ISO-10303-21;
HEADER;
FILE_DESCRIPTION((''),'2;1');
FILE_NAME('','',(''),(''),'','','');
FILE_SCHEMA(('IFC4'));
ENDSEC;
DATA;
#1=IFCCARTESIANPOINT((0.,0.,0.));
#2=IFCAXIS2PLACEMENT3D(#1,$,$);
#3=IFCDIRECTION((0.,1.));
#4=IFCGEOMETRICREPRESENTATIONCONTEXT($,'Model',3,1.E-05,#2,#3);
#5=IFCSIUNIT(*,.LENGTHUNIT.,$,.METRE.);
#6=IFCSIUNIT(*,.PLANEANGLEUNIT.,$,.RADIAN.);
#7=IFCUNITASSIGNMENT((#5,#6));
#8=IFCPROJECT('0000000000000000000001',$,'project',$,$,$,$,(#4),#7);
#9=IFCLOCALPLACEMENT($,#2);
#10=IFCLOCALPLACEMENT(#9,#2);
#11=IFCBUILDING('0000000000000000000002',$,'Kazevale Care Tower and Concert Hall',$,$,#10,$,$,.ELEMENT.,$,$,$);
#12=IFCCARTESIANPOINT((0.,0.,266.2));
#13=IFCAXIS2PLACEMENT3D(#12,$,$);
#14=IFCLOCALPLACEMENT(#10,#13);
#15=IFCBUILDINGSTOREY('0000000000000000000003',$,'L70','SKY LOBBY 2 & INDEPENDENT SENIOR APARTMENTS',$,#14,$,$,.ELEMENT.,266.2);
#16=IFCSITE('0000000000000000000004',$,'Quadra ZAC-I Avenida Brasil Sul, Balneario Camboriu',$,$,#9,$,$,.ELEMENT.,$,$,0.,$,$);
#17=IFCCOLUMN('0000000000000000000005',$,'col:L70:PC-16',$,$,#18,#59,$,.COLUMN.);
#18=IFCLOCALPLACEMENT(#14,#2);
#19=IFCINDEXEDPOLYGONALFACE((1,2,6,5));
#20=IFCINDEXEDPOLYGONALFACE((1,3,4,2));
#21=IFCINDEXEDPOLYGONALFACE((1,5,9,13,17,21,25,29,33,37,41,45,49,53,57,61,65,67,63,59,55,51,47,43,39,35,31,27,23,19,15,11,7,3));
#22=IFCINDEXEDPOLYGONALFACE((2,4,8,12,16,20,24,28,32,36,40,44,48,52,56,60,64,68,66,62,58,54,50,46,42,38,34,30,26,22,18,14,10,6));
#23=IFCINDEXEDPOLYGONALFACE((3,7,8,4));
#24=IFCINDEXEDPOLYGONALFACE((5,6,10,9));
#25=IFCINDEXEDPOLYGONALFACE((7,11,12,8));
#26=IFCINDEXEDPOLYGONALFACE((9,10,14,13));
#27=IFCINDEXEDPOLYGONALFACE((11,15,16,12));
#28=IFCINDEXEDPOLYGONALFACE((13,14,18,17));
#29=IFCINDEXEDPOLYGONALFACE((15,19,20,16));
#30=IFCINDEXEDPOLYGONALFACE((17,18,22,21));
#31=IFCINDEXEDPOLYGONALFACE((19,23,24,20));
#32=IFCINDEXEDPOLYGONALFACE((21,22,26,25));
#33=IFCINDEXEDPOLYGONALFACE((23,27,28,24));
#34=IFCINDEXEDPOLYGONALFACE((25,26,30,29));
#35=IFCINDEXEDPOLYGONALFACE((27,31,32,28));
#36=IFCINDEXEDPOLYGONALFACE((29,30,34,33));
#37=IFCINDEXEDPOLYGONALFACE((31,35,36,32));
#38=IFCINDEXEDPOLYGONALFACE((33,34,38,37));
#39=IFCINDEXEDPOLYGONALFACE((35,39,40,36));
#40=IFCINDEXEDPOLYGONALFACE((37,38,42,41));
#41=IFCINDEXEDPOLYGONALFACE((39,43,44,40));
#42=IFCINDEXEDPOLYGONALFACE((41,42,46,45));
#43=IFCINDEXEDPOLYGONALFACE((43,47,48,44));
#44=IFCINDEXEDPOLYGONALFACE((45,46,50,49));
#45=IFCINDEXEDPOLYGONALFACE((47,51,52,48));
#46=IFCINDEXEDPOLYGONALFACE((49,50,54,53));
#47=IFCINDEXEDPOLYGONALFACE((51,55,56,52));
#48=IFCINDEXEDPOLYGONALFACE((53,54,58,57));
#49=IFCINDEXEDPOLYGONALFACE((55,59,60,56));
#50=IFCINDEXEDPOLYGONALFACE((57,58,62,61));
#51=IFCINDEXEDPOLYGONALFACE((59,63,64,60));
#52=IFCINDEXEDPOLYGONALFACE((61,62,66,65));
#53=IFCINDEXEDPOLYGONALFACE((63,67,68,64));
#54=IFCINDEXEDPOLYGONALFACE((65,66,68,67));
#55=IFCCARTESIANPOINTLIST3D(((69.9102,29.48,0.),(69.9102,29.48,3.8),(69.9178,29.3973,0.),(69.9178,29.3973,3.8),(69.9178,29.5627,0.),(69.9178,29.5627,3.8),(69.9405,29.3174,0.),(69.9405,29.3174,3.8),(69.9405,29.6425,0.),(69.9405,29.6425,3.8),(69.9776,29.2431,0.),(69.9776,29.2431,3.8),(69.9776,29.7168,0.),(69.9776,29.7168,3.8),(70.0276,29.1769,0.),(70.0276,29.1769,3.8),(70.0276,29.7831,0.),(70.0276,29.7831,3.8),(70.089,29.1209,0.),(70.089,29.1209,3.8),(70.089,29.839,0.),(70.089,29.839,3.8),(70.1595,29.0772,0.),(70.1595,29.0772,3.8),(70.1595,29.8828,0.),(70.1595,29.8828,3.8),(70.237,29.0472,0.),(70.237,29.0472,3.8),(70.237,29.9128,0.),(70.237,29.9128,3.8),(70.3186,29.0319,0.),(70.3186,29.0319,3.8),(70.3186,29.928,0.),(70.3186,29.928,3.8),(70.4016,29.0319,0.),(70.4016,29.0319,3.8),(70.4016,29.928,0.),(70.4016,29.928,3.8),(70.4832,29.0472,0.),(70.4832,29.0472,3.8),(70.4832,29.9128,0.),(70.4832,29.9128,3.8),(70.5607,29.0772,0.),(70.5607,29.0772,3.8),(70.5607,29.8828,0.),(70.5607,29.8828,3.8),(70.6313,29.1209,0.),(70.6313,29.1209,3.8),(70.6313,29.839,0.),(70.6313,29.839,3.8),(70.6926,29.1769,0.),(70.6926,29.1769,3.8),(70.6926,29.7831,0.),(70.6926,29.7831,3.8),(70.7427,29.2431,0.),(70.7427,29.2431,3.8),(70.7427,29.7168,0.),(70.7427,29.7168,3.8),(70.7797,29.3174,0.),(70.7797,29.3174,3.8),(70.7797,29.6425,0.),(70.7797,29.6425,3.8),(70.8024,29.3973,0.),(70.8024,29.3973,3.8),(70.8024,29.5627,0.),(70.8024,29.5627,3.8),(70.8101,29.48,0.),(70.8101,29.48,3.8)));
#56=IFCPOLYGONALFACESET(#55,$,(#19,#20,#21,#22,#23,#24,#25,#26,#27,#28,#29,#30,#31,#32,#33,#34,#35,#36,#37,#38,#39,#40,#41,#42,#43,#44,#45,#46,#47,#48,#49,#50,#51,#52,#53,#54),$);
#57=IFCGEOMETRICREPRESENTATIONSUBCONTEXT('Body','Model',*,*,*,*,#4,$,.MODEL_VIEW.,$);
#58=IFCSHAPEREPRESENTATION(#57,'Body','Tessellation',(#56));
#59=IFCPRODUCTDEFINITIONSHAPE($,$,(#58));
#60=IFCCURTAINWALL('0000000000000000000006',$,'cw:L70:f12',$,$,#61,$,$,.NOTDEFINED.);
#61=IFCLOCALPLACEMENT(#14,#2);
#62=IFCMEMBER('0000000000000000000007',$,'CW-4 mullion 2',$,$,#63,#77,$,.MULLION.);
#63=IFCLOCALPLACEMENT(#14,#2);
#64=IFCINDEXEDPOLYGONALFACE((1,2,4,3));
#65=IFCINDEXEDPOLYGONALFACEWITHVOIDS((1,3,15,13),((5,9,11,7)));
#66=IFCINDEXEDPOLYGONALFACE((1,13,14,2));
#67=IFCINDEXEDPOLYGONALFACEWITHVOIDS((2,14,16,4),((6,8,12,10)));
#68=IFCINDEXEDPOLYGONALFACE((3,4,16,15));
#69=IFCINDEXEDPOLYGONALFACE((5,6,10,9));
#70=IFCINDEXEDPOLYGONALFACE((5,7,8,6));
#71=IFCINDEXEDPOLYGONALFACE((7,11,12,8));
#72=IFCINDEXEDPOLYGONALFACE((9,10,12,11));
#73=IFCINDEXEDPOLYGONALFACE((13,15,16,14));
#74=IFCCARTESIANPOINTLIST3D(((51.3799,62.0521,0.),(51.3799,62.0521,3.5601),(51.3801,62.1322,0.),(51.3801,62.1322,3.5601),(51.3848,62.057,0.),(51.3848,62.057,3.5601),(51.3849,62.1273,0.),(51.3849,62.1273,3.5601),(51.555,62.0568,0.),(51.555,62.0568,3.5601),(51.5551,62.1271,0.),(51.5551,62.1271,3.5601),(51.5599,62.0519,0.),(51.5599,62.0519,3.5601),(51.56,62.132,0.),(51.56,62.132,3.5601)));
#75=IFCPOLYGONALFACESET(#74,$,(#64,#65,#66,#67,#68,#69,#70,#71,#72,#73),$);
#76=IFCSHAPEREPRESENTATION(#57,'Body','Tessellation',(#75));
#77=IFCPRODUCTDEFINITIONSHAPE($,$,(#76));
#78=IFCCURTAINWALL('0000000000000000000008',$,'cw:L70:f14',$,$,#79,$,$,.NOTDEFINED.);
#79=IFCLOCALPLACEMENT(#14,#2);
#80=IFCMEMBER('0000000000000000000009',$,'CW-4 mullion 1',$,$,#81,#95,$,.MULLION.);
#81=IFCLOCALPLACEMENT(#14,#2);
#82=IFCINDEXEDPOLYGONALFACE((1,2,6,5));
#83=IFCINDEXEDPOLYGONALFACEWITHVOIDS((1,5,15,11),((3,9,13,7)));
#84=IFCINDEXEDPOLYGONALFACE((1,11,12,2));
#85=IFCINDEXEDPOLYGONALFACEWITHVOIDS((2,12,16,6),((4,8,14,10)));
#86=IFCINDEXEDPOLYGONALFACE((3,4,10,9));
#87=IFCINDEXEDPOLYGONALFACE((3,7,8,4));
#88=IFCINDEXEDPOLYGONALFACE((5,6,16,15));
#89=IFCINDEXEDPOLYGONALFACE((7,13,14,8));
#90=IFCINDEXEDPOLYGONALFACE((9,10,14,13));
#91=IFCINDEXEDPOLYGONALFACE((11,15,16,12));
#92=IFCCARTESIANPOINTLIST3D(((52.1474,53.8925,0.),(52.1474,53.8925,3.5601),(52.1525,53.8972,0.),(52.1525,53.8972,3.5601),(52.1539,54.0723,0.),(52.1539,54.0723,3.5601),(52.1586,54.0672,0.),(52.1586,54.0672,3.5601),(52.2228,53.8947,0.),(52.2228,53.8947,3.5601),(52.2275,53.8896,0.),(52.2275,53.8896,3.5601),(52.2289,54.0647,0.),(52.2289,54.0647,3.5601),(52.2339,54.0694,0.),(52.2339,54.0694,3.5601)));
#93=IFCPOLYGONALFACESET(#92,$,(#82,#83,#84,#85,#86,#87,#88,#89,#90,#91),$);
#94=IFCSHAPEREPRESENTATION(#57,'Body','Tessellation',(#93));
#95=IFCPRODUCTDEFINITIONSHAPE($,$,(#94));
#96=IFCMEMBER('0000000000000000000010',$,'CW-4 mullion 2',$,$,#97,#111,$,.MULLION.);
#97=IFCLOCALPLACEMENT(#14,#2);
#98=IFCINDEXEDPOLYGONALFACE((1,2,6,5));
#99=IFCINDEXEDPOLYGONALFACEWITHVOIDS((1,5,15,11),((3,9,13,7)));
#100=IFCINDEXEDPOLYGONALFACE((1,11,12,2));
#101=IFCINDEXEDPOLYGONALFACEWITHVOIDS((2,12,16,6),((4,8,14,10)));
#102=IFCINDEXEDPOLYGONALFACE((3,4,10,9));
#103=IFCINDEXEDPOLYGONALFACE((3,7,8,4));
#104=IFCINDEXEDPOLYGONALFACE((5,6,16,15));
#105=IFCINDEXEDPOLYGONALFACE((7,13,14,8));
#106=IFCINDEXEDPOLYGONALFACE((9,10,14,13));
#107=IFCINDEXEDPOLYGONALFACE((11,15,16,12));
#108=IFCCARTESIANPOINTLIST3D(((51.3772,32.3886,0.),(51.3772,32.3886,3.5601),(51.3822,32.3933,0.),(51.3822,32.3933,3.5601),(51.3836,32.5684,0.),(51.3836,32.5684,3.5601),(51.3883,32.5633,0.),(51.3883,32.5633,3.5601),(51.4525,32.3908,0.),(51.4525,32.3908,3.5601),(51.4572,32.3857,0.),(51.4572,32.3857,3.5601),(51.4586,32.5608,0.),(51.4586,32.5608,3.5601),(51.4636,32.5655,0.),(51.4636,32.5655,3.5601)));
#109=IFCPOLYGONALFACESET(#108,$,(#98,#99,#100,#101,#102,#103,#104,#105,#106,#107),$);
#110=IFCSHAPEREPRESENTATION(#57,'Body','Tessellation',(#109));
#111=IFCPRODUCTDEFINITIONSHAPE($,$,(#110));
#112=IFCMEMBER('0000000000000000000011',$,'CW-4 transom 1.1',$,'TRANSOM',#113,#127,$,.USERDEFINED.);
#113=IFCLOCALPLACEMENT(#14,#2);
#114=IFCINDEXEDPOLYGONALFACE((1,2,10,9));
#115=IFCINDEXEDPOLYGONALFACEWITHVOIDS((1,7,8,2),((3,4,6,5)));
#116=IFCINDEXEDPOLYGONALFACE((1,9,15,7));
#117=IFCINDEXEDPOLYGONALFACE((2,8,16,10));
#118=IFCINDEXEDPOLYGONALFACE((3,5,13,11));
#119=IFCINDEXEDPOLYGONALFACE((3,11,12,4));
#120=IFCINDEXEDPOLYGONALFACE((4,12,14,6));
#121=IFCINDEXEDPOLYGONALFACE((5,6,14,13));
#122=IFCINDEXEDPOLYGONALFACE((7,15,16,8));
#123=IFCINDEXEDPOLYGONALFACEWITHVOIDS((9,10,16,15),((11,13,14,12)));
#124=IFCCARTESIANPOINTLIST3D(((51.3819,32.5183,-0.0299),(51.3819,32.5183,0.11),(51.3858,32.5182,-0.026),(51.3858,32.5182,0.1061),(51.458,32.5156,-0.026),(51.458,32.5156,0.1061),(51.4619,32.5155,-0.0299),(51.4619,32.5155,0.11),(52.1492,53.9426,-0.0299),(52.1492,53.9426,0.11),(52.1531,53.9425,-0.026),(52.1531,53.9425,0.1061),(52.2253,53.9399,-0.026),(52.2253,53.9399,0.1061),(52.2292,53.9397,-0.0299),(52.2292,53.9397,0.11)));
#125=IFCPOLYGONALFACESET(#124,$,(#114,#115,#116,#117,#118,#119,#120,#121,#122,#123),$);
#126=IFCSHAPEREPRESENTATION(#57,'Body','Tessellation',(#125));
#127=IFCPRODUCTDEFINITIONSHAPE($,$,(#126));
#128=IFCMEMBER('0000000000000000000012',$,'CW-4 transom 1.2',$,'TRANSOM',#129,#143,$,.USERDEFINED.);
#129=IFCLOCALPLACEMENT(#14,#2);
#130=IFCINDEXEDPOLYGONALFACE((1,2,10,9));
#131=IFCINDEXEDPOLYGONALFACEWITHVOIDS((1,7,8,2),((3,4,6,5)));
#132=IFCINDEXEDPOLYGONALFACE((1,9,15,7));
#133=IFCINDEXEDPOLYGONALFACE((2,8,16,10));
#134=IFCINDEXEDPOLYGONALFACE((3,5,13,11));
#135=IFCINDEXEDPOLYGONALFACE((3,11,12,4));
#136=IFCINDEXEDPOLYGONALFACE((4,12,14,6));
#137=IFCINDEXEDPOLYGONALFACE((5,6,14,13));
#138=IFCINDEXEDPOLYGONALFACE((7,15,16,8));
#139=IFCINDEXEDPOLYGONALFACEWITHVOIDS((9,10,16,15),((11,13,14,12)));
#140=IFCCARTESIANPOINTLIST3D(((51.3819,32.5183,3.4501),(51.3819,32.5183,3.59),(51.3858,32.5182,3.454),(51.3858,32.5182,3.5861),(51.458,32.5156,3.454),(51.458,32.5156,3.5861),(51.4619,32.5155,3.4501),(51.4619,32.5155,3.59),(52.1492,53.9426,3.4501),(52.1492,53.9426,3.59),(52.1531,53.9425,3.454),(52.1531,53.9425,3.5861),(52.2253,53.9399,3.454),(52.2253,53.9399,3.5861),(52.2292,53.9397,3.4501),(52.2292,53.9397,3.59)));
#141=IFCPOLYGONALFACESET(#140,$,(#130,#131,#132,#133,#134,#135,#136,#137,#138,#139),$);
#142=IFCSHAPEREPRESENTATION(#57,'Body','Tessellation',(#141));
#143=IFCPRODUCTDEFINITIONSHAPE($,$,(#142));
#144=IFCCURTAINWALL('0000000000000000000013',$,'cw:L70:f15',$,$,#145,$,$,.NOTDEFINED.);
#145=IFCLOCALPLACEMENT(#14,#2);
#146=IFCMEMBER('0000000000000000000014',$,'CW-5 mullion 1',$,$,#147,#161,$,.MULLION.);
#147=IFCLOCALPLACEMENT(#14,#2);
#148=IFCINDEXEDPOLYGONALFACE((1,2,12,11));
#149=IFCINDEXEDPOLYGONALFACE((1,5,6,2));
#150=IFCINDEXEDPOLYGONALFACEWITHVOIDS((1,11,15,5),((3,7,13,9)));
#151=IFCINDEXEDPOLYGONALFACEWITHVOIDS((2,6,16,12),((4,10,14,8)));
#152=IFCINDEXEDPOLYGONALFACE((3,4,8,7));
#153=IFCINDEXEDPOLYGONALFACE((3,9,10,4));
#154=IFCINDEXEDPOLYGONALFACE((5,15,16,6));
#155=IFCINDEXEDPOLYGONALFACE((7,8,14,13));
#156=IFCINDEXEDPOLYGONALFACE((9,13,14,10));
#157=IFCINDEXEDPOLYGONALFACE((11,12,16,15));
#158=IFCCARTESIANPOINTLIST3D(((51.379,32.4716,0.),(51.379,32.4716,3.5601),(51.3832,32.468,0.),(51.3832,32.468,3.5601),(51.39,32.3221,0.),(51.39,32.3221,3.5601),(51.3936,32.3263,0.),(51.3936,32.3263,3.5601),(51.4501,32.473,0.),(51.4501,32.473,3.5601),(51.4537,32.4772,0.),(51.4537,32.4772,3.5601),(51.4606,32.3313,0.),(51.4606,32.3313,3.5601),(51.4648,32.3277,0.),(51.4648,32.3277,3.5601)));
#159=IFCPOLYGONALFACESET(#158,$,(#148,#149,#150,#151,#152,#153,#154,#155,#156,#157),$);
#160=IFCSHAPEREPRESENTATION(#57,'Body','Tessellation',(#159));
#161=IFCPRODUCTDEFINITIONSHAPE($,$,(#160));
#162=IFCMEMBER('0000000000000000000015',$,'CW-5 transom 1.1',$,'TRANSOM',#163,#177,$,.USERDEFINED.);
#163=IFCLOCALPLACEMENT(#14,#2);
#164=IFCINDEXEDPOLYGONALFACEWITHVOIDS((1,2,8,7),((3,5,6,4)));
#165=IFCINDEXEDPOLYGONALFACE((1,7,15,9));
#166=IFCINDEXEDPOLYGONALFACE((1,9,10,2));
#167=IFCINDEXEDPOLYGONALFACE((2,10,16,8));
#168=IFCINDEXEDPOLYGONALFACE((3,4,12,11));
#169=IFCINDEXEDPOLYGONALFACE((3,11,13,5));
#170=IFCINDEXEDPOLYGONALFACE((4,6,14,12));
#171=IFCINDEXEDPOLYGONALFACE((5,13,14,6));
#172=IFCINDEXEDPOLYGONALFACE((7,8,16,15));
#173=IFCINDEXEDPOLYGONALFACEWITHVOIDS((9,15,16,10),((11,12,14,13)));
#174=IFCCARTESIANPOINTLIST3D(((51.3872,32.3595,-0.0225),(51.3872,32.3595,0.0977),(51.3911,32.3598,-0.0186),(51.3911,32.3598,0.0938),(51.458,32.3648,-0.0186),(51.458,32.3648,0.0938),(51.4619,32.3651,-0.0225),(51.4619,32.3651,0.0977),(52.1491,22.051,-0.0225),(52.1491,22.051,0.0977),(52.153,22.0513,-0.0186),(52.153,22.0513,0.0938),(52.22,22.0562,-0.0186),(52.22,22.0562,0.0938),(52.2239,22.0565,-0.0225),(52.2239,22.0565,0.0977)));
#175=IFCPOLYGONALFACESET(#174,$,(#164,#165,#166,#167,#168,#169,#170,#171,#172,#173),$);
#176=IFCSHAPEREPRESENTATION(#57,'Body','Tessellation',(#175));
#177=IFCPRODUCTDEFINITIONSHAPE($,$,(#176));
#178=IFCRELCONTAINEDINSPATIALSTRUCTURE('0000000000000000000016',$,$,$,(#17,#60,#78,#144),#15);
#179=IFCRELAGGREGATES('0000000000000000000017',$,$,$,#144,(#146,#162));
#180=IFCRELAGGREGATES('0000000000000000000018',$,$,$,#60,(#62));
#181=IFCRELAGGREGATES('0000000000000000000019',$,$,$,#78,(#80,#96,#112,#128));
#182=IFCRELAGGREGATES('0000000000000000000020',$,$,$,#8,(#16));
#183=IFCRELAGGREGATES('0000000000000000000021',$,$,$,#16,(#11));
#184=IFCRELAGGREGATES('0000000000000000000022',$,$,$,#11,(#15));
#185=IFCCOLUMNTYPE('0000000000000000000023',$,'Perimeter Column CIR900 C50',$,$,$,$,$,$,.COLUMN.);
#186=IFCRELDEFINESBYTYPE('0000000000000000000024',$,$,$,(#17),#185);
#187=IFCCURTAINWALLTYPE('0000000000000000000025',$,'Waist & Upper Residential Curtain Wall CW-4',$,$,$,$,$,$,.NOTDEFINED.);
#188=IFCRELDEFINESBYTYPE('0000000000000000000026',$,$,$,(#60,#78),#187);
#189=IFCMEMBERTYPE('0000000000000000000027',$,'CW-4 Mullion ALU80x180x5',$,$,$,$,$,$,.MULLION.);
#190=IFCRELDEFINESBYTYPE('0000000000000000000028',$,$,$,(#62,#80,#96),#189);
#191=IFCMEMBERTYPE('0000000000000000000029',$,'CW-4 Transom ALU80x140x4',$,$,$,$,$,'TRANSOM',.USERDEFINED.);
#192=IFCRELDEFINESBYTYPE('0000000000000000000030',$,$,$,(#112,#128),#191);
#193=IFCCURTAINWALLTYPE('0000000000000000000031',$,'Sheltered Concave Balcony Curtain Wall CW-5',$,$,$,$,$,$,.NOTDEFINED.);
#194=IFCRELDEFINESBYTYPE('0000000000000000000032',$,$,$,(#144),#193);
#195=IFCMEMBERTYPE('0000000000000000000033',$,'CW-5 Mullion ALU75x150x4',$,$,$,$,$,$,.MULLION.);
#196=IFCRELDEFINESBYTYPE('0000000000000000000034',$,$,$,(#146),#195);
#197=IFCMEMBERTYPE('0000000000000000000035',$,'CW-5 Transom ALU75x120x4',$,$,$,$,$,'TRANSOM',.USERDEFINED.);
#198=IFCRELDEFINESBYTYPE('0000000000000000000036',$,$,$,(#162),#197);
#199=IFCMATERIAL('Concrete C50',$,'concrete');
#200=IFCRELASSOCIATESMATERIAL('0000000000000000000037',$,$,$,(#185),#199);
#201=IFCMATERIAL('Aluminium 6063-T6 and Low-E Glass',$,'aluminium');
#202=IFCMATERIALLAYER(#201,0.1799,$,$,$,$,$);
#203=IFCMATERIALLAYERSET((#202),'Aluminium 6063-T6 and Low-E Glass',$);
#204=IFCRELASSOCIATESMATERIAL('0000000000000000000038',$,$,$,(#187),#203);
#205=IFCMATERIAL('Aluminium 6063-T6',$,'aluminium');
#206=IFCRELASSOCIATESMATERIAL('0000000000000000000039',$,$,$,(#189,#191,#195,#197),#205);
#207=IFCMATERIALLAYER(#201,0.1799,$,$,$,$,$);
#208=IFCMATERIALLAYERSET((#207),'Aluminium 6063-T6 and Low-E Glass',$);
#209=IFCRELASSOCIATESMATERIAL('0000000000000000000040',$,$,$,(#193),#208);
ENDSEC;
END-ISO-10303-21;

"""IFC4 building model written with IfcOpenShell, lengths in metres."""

from ifc_helpers import new_model, si_unit, direction, frame, origin, origin_2d, place, context, subcontext, project, spatial, hollow_rectangle, circle, extrude, material, layer, layer_set, material_profile, profile_set, type_object, element, aggregate, save


model = new_model("IFC4")

# Units and contexts
model_context = context("Model", 3, precision=1e-05, world=origin(), true_north=direction((0.0, 1.0)))
body_context = subcontext(model_context, "Body", "Model", "MODEL_VIEW")
ifc_project = project(units=[si_unit("LENGTHUNIT", "METRE"), si_unit("PLANEANGLEUNIT", "RADIAN")], contexts=[model_context])

# Site, building, storey
site_placement = place(None, origin())
site = spatial("IfcSite", under=ifc_project, at=site_placement, Name="Quadra ZAC-I Avenida Brasil Sul, Balneario Camboriu", CompositionType="ELEMENT", RefElevation=0.0)
building_placement = place(site_placement, origin())
building = spatial("IfcBuilding", under=site, at=building_placement, Name="Kazevale Care Tower and Concert Hall", CompositionType="ELEMENT")
storey_placement = place(building_placement, frame((0.0, 0.0, 266.2)))
storey = spatial("IfcBuildingStorey", under=building, at=storey_placement, Name="L70", Description="SKY LOBBY 2 & INDEPENDENT SENIOR APARTMENTS", CompositionType="ELEMENT", Elevation=266.2)

# Column
ifc_material_1 = material(Name="Concrete C50", Category="concrete")
ifc_material_profile_1 = material_profile(ifc_material_1, circle(Radius=0.45, at=origin_2d()), Name="RC-CIR900")
ifc_profile_set_1 = profile_set([ifc_material_profile_1], Name="Concrete C50")
column_type = type_object("IfcColumnType", Name="Perimeter Column CIR900 C50", PredefinedType="COLUMN", material=ifc_profile_set_1)
for number, where, z_axis, x_axis, name in (
    (1, (70.3601, 29.48, 0.0), (0.0, 0.0, 1.0), (1.0, 0.0, 0.0), "col:L70:PC-16"),
):
    element("IfcColumn", number, at=place(storey_placement, frame(where, z_axis=z_axis, x_axis=x_axis)), inside=storey, type_object=column_type, Name=name, PredefinedType="COLUMN", context=body_context, shape_type="SweptSolid", body=[
        extrude(circle(Radius=0.45, at=origin_2d()), origin(), (0.0, 0.0, 1.0), 3.8),
    ])

# Curtain wall, member
ifc_material_2 = material(Name="Aluminium 6063-T6 and Low-E Glass", Category="aluminium")
ifc_layer_1 = layer(ifc_material_2, 0.1799)
ifc_layer_set_1 = layer_set([ifc_layer_1], Name="Aluminium 6063-T6 and Low-E Glass")
curtain_wall_type_1 = type_object("IfcCurtainWallType", Name="Waist & Upper Residential Curtain Wall CW-4", PredefinedType="NOTDEFINED", material=ifc_layer_set_1)
curtain_wall_1_placement = place(storey_placement, origin())
curtain_wall_1 = element("IfcCurtainWall", 2, at=curtain_wall_1_placement, inside=storey, type_object=curtain_wall_type_1, Name="cw:L70:f12", PredefinedType="NOTDEFINED")
ifc_material_3 = material(Name="Aluminium 6063-T6", Category="aluminium")
ifc_material_profile_2 = material_profile(ifc_material_3, hollow_rectangle(XDim=0.0801, YDim=0.1799, WallThickness=0.0049, at=origin_2d()), Name="ALU80x180x5")
ifc_profile_set_2 = profile_set([ifc_material_profile_2], Name="Aluminium 6063-T6")
member_type_1 = type_object("IfcMemberType", Name="CW-4 Mullion ALU80x180x5", PredefinedType="MULLION", material=ifc_profile_set_2)
member_1_placement = place(storey_placement, frame((51.47, 62.092, 0.0), z_axis=(0.0, 0.0, 1.0), x_axis=(0.001393, 0.999999, 0.0)))
member_1 = element("IfcMember", 3, at=member_1_placement, type_object=member_type_1, Name="CW-4 mullion 2", PredefinedType="MULLION", context=body_context, shape_type="SweptSolid", body=[
    extrude(hollow_rectangle(XDim=0.0801, YDim=0.1799, WallThickness=0.0049, at=origin_2d()), origin(), (0.0, 0.0, 1.0), 3.5601),
])

# Curtain walls, members
curtain_wall_2_placement = place(storey_placement, origin())
curtain_wall_2 = element("IfcCurtainWall", 4, at=curtain_wall_2_placement, inside=storey, type_object=curtain_wall_type_1, Name="cw:L70:f14", PredefinedType="NOTDEFINED")
member_2_placement = place(storey_placement, frame((52.1907, 53.981, 0.0), z_axis=(0.0, 0.0, 1.0), x_axis=(0.999359, -0.035791, 0.0)))
member_2 = element("IfcMember", 5, at=member_2_placement, type_object=member_type_1, Name="CW-4 mullion 1", PredefinedType="MULLION", context=body_context, shape_type="SweptSolid", body=[
    extrude(hollow_rectangle(XDim=0.0801, YDim=0.1799, WallThickness=0.0049, at=origin_2d()), origin(), (0.0, 0.0, 1.0), 3.5601),
])
member_3_placement = place(storey_placement, frame((51.4204, 32.4771, 0.0), z_axis=(0.0, 0.0, 1.0), x_axis=(0.999359, -0.035791, 0.0)))
member_3 = element("IfcMember", 6, at=member_3_placement, type_object=member_type_1, Name="CW-4 mullion 2", PredefinedType="MULLION", context=body_context, shape_type="SweptSolid", body=[
    extrude(hollow_rectangle(XDim=0.0801, YDim=0.1799, WallThickness=0.0049, at=origin_2d()), origin(), (0.0, 0.0, 1.0), 3.5601),
])
ifc_material_profile_3 = material_profile(ifc_material_3, hollow_rectangle(XDim=0.0801, YDim=0.1399, WallThickness=0.0039, at=origin_2d()), Name="ALU80x140x4")
ifc_profile_set_3 = profile_set([ifc_material_profile_3], Name="Aluminium 6063-T6")
member_type_2 = type_object("IfcMemberType", Name="CW-4 Transom ALU80x140x4", ElementType="TRANSOM", PredefinedType="USERDEFINED", material=ifc_profile_set_3)
member_4_placement = place(storey_placement, frame((52.1892, 53.9412, 0.04), z_axis=(-0.035793, -0.999359, 0.0), x_axis=(0.999359, -0.035793, 0.0)))
member_4 = element("IfcMember", 7, at=member_4_placement, type_object=member_type_2, Name="CW-4 transom 1.1", ObjectType="TRANSOM", PredefinedType="USERDEFINED", context=body_context, shape_type="SweptSolid", body=[
    extrude(hollow_rectangle(XDim=0.0801, YDim=0.1399, WallThickness=0.0039, at=origin_2d()), origin(), (0.0, 0.0, 1.0), 21.438),
])
member_5_placement = place(storey_placement, frame((52.1892, 53.9412, 3.52), z_axis=(-0.035793, -0.999359, 0.0), x_axis=(0.999359, -0.035793, 0.0)))
member_5 = element("IfcMember", 8, at=member_5_placement, type_object=member_type_2, Name="CW-4 transom 1.2", ObjectType="TRANSOM", PredefinedType="USERDEFINED", context=body_context, shape_type="SweptSolid", body=[
    extrude(hollow_rectangle(XDim=0.0801, YDim=0.1399, WallThickness=0.0039, at=origin_2d()), origin(), (0.0, 0.0, 1.0), 21.438),
])
ifc_layer_2 = layer(ifc_material_2, 0.1799)
ifc_layer_set_2 = layer_set([ifc_layer_2], Name="Aluminium 6063-T6 and Low-E Glass")
curtain_wall_type_2 = type_object("IfcCurtainWallType", Name="Sheltered Concave Balcony Curtain Wall CW-5", PredefinedType="NOTDEFINED", material=ifc_layer_set_2)
curtain_wall_3_placement = place(storey_placement, origin())
curtain_wall_3 = element("IfcCurtainWall", 9, at=curtain_wall_3_placement, inside=storey, type_object=curtain_wall_type_2, Name="cw:L70:f15", PredefinedType="NOTDEFINED")
ifc_material_profile_4 = material_profile(ifc_material_3, hollow_rectangle(XDim=0.075, YDim=0.1499, WallThickness=0.0039, at=origin_2d()), Name="ALU75x150x4")
ifc_profile_set_4 = profile_set([ifc_material_profile_4], Name="Aluminium 6063-T6")
member_type_3 = type_object("IfcMemberType", Name="CW-5 Mullion ALU75x150x4", PredefinedType="MULLION", material=ifc_profile_set_4)
member_6_placement = place(storey_placement, frame((51.4219, 32.3997, 0.0), z_axis=(0.0, 0.0, 1.0), x_axis=(0.997279, 0.073714, 0.0)))
member_6 = element("IfcMember", 10, at=member_6_placement, type_object=member_type_3, Name="CW-5 mullion 1", PredefinedType="MULLION", context=body_context, shape_type="SweptSolid", body=[
    extrude(hollow_rectangle(XDim=0.075, YDim=0.1499, WallThickness=0.0039, at=origin_2d()), origin(), (0.0, 0.0, 1.0), 3.5601),
])
ifc_material_profile_5 = material_profile(ifc_material_3, hollow_rectangle(XDim=0.075, YDim=0.1201, WallThickness=0.0039, at=origin_2d()), Name="ALU75x120x4")
ifc_profile_set_5 = profile_set([ifc_material_profile_5], Name="Aluminium 6063-T6")
member_type_4 = type_object("IfcMemberType", Name="CW-5 Transom ALU75x120x4", ElementType="TRANSOM", PredefinedType="USERDEFINED", material=ifc_profile_set_5)
member_7_placement = place(storey_placement, frame((51.4246, 32.3623, 0.0376), z_axis=(0.073714, -0.997279, 0.0), x_axis=(0.997279, 0.073714, 0.0)))
member_7 = element("IfcMember", 11, at=member_7_placement, type_object=member_type_4, Name="CW-5 transom 1.1", ObjectType="TRANSOM", PredefinedType="USERDEFINED", context=body_context, shape_type="SweptSolid", body=[
    extrude(hollow_rectangle(XDim=0.075, YDim=0.1201, WallThickness=0.0039, at=origin_2d()), origin(), (0.0, 0.0, 1.0), 10.3367),
])
aggregate(curtain_wall_3, [member_6, member_7])

aggregate(curtain_wall_1, [member_1])
aggregate(curtain_wall_2, [member_2, member_3, member_4, member_5])

save(model, "model.ifc")
